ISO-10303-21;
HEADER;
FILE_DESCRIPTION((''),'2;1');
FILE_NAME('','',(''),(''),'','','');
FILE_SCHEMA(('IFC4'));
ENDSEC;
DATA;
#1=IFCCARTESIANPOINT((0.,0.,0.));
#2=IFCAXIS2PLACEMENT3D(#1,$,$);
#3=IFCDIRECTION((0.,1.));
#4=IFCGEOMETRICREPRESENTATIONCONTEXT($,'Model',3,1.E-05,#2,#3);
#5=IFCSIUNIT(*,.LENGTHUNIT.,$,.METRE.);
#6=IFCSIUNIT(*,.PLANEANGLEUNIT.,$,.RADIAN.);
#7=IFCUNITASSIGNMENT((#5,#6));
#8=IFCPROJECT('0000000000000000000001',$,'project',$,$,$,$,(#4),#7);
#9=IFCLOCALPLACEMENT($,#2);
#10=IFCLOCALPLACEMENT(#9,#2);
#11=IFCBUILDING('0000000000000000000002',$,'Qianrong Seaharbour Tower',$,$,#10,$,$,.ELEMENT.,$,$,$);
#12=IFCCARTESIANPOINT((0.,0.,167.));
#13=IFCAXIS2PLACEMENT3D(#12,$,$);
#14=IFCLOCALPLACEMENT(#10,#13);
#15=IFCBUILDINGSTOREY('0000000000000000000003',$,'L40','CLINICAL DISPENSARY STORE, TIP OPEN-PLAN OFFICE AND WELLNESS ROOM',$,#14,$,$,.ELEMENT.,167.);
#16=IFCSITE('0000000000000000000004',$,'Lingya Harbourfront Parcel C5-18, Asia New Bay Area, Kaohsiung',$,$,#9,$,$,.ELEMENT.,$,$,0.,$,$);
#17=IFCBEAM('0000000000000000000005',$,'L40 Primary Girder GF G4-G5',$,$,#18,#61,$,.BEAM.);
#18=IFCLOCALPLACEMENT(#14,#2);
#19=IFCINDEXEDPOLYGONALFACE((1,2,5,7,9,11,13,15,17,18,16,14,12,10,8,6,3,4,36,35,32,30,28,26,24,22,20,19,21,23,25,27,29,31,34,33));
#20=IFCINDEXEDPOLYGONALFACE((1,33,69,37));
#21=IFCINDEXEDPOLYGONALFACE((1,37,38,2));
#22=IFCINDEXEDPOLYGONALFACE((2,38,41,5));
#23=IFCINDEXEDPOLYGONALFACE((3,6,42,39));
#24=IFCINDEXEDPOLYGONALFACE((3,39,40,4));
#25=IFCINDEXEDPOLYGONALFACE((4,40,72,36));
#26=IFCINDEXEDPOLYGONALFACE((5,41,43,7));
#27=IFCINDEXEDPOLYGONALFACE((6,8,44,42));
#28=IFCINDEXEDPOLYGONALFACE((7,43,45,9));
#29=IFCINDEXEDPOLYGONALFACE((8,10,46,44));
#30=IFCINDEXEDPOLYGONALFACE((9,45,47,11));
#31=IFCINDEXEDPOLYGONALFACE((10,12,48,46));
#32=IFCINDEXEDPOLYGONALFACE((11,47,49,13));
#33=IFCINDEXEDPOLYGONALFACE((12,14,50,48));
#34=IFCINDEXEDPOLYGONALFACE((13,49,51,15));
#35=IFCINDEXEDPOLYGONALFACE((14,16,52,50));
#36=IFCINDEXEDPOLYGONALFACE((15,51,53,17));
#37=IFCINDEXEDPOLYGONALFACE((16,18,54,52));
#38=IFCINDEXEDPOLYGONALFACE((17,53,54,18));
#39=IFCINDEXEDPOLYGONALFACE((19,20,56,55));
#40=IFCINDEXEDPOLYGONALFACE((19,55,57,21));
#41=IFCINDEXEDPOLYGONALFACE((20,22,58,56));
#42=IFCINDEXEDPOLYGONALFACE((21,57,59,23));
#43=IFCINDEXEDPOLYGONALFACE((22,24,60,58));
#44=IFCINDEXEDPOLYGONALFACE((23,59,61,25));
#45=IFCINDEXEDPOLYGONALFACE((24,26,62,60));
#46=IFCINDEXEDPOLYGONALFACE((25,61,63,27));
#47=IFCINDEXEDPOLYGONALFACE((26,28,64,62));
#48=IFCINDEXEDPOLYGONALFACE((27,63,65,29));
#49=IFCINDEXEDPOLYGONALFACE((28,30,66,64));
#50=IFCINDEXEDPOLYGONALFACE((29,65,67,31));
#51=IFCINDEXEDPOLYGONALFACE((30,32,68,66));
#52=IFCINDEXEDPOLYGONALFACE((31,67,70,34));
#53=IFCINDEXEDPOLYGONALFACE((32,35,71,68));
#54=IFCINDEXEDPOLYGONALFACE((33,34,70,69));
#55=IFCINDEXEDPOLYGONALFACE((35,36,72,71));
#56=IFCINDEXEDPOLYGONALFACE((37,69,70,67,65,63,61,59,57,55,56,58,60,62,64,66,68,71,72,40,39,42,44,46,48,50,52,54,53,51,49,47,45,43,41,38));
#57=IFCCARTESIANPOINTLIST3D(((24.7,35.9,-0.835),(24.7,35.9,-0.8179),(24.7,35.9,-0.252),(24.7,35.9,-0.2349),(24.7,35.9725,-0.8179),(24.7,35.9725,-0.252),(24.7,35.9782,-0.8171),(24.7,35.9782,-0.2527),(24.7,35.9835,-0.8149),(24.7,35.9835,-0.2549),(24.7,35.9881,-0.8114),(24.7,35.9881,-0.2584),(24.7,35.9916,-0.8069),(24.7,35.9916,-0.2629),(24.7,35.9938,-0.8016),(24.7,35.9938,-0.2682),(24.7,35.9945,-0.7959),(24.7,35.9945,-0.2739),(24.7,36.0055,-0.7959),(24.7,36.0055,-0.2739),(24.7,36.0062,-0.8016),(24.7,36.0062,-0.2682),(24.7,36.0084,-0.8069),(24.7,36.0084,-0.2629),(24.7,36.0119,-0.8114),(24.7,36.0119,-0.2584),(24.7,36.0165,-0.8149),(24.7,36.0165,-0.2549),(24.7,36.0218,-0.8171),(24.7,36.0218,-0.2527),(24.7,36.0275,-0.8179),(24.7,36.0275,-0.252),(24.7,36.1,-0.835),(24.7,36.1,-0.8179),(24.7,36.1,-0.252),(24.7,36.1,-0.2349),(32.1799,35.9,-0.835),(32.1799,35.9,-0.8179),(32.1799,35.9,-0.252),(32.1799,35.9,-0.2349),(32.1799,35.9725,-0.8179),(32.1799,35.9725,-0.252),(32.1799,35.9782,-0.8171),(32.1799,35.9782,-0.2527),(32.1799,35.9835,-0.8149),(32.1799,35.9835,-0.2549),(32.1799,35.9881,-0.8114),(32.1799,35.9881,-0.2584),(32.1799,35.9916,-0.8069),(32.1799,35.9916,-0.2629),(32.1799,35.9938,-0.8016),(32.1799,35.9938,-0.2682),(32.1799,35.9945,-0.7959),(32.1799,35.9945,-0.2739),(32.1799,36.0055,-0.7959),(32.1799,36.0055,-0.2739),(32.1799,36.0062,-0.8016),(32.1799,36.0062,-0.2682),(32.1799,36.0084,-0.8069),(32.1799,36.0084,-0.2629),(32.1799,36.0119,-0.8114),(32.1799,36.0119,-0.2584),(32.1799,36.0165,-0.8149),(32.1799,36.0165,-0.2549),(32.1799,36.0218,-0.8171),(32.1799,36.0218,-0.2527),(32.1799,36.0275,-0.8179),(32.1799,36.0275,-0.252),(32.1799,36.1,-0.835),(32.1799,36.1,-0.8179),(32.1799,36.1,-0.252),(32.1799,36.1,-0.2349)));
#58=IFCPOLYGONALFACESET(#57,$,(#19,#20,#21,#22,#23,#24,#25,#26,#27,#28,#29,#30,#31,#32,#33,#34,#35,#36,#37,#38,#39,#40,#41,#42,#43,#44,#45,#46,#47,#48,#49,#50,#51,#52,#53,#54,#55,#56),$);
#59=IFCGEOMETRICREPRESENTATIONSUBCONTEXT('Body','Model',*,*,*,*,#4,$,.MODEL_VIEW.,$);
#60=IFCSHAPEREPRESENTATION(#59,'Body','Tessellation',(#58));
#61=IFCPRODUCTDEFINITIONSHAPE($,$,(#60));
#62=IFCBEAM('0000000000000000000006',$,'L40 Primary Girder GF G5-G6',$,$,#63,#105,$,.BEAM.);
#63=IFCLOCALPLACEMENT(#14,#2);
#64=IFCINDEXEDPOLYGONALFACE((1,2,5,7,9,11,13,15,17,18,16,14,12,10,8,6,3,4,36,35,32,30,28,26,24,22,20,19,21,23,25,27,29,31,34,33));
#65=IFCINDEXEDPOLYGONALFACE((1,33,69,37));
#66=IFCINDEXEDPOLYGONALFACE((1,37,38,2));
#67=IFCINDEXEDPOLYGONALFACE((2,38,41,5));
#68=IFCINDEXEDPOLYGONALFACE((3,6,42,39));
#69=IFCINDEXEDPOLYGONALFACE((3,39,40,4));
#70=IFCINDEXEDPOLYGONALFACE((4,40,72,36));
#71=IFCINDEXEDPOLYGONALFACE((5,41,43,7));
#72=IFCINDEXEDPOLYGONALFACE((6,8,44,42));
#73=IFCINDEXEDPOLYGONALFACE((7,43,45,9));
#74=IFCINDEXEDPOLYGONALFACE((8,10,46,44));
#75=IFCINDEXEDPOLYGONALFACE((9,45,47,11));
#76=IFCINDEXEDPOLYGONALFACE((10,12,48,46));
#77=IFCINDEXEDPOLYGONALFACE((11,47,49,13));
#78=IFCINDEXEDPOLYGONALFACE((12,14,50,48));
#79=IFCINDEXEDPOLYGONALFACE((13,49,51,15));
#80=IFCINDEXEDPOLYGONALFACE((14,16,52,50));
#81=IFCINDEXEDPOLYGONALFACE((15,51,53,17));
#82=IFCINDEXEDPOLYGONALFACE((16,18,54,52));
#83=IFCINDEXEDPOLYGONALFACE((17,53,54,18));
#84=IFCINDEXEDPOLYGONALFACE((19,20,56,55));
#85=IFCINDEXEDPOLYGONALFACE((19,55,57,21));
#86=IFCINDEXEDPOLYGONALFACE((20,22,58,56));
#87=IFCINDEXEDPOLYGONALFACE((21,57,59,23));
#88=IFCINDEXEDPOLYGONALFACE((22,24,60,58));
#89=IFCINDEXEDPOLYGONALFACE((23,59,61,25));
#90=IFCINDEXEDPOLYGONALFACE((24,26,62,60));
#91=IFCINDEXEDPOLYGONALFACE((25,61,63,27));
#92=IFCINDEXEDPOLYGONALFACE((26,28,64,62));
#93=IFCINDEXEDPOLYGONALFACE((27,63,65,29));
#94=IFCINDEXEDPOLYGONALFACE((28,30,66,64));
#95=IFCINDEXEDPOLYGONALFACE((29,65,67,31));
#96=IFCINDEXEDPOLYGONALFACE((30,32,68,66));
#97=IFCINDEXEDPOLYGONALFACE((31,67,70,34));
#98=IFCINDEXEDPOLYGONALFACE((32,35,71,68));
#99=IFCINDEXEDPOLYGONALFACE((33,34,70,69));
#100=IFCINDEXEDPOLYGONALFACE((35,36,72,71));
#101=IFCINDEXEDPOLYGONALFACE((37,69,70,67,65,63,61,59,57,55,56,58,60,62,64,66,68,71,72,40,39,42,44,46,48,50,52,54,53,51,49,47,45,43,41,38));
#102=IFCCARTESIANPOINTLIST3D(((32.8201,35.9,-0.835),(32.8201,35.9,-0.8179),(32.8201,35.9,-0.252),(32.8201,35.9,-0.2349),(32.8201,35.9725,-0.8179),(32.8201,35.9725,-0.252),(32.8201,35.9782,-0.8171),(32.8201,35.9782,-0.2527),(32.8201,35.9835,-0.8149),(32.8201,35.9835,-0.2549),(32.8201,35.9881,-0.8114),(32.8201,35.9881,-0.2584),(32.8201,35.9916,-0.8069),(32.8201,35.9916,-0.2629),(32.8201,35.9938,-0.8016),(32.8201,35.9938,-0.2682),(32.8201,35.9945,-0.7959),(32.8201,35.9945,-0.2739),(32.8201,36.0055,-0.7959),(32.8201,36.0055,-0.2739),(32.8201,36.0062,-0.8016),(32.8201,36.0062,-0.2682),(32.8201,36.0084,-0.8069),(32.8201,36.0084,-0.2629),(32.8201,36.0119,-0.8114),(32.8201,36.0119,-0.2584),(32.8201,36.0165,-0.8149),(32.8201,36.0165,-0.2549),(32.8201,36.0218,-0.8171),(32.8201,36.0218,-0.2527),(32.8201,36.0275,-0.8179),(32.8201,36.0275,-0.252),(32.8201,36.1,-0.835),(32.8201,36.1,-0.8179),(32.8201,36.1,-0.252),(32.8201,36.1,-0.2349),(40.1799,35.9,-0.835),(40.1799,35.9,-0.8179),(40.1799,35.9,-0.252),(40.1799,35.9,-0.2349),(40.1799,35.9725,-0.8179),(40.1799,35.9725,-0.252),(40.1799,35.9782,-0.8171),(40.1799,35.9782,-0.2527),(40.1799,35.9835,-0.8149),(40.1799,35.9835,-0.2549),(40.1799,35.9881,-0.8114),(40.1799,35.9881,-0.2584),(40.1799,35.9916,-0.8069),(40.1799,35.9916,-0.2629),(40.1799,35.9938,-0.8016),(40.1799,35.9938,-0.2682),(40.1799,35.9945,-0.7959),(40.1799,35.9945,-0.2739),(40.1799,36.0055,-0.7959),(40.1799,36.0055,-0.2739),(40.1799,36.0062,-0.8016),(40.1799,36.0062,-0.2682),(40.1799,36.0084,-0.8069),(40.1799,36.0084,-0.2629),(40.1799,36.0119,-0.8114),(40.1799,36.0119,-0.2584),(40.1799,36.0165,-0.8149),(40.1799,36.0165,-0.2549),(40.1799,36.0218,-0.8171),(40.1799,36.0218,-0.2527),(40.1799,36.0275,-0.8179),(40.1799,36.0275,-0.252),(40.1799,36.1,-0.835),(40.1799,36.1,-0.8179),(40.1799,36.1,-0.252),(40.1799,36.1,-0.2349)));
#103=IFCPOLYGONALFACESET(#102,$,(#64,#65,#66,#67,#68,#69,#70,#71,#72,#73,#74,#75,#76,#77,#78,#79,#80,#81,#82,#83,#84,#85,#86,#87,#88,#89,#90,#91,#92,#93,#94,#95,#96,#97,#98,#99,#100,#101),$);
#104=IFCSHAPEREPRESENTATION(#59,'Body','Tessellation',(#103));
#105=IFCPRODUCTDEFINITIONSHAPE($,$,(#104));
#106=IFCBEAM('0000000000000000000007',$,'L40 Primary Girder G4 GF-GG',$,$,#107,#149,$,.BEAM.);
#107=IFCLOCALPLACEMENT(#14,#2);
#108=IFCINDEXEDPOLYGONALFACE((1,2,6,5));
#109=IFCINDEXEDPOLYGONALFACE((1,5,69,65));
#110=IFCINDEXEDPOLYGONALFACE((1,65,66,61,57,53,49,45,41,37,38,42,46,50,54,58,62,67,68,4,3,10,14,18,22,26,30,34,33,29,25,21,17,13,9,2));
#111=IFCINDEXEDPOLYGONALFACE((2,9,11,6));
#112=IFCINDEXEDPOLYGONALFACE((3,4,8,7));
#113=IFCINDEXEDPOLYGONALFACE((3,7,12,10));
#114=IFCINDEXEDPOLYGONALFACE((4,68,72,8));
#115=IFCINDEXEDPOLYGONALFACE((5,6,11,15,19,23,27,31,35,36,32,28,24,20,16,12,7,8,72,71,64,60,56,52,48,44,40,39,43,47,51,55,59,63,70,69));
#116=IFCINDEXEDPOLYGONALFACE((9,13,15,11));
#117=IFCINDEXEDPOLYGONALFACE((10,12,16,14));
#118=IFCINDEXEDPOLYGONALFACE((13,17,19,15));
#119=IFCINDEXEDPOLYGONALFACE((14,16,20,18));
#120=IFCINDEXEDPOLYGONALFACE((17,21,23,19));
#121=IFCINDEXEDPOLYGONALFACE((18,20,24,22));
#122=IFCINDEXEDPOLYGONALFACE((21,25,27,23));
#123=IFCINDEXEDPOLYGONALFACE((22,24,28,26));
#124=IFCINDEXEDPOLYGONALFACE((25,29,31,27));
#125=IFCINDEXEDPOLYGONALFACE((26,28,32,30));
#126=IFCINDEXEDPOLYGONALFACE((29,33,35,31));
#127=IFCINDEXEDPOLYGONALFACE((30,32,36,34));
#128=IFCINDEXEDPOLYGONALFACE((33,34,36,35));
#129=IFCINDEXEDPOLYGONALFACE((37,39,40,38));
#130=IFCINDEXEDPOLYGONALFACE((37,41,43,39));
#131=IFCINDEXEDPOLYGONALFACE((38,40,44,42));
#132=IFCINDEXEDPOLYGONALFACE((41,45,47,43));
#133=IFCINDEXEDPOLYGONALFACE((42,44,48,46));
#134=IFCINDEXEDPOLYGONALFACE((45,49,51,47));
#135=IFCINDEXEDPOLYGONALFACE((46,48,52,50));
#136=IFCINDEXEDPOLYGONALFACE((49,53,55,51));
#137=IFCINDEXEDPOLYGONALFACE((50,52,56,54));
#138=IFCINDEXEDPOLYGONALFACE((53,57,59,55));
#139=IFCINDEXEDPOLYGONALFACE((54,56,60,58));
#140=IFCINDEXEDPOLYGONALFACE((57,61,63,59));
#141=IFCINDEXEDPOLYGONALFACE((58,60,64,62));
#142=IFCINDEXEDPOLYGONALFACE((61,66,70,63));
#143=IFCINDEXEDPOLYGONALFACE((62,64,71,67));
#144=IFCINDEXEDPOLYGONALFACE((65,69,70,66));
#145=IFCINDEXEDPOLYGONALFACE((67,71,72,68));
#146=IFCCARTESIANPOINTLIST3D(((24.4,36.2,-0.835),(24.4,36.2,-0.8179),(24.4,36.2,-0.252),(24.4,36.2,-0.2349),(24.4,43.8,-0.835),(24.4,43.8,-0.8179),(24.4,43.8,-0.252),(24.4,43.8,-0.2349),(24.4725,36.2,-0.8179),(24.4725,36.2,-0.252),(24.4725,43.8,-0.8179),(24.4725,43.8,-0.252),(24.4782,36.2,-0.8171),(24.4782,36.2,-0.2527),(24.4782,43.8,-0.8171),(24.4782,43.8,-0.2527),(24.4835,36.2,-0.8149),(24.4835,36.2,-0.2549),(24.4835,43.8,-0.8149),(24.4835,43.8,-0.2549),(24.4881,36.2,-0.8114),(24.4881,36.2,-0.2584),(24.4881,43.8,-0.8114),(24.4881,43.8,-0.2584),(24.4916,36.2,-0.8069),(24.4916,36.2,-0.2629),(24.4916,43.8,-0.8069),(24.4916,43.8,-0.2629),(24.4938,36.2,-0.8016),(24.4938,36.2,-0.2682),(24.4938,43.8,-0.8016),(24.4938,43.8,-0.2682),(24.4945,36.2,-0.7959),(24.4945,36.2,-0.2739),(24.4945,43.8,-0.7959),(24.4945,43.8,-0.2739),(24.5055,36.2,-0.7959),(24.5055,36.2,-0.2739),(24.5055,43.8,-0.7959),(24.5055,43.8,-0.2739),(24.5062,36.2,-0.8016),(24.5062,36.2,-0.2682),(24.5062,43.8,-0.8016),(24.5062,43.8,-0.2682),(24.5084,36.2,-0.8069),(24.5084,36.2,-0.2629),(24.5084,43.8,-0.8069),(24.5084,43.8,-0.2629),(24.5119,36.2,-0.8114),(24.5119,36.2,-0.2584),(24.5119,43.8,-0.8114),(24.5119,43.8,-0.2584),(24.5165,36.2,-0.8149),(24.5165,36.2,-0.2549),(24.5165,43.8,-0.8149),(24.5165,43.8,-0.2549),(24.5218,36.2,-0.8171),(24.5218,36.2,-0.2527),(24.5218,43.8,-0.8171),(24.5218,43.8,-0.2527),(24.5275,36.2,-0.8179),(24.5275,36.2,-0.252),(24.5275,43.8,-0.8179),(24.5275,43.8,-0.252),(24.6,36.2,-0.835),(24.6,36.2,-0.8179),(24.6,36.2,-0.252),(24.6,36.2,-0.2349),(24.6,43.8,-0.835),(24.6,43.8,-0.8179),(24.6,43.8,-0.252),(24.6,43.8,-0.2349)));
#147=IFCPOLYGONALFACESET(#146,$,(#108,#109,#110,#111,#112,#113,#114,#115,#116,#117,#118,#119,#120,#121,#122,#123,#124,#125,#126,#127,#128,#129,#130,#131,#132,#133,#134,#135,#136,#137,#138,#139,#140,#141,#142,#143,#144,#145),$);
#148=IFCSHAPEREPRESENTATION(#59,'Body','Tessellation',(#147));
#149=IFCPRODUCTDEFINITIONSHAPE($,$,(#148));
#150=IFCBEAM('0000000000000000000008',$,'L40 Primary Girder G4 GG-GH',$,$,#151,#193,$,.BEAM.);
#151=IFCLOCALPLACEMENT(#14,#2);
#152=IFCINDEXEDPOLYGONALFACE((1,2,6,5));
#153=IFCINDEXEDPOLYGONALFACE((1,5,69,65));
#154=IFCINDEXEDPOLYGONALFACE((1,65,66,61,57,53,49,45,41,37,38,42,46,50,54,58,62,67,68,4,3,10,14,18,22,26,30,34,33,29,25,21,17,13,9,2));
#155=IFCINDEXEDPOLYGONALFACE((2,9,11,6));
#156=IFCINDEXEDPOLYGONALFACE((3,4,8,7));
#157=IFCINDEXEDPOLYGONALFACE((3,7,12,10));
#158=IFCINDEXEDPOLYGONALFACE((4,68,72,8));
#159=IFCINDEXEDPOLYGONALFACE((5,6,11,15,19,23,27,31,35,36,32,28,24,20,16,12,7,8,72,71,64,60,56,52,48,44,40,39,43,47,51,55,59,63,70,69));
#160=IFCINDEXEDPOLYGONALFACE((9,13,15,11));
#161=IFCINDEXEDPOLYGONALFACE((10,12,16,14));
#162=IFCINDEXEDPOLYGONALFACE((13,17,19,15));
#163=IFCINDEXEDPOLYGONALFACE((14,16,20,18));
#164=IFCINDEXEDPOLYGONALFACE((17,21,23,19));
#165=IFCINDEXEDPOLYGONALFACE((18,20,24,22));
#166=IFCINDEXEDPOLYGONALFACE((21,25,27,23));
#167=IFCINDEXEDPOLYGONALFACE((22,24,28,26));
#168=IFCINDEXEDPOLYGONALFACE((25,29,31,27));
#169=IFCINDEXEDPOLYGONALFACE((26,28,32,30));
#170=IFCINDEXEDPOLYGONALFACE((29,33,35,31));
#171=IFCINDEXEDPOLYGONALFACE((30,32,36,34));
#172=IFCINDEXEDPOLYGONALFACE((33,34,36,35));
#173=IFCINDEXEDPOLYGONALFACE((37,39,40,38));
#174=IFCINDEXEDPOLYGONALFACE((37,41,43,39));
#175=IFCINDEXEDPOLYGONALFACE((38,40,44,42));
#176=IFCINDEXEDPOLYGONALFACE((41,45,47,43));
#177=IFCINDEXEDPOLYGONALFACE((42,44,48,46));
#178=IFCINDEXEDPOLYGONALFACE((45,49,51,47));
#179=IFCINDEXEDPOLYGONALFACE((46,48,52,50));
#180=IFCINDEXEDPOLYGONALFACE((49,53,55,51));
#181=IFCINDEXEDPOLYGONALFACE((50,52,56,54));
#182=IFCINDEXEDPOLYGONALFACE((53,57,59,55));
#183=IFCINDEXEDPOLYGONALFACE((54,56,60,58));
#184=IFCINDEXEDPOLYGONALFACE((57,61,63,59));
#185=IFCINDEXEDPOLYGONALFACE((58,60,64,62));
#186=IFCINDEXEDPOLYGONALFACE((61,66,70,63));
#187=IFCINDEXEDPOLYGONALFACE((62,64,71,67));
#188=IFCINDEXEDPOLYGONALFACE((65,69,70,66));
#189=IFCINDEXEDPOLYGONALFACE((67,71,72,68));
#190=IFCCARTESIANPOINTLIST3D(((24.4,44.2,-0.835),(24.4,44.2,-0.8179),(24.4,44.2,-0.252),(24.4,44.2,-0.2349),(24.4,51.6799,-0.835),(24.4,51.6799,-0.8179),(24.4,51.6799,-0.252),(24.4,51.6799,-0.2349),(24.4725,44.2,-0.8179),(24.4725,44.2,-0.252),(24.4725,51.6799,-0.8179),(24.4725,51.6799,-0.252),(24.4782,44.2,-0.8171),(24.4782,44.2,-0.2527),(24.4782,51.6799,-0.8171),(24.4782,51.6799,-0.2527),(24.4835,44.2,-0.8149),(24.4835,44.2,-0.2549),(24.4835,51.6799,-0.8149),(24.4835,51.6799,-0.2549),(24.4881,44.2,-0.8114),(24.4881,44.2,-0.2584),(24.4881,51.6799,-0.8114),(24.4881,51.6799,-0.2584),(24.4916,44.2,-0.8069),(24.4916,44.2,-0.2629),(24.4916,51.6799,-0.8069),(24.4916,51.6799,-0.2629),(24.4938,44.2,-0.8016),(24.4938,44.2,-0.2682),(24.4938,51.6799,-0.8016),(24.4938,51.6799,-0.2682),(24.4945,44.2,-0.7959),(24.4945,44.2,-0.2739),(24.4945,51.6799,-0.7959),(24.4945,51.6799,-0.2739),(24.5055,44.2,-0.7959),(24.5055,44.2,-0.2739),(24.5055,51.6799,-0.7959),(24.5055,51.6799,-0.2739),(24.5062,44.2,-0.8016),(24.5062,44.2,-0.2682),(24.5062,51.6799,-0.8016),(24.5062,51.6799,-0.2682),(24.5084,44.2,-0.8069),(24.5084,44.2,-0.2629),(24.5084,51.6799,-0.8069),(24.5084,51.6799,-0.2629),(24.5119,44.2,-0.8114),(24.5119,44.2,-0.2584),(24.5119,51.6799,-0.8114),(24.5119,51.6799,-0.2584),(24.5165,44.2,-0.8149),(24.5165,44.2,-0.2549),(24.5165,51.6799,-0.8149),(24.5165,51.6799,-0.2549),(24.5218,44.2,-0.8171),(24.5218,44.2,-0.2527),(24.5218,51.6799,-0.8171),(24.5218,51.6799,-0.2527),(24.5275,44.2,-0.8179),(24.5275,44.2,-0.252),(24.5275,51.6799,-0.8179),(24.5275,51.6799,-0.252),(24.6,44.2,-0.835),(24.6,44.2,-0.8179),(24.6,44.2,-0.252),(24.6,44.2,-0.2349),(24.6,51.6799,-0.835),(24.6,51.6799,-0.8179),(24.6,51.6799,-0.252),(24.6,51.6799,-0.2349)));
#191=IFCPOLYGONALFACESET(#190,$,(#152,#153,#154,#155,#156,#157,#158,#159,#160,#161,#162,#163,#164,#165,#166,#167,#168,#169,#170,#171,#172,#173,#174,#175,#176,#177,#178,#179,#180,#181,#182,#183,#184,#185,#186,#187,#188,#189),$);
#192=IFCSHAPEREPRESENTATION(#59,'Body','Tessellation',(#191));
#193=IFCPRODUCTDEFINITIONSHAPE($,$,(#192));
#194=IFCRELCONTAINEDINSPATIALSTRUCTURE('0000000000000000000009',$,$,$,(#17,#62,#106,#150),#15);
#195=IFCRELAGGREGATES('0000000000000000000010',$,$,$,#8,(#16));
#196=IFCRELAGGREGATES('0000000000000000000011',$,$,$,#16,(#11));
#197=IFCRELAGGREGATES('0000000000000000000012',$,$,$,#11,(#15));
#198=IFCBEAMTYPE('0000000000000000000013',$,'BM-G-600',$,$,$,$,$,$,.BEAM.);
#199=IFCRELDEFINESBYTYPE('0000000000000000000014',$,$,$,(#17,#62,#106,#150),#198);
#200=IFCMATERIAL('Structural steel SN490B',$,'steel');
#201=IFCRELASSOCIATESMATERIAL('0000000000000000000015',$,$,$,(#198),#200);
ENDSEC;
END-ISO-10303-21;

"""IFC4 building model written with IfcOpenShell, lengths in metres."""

from ifc_helpers import new_model, si_unit, direction, frame, origin, origin_2d, place, context, subcontext, project, spatial, i_section, extrude, material, material_profile, profile_set, type_object, element, save


model = new_model("IFC4")

# Units and contexts
model_context = context("Model", 3, precision=1e-05, world=origin(), true_north=direction((0.0, 1.0)))
body_context = subcontext(model_context, "Body", "Model", "MODEL_VIEW")
ifc_project = project(units=[si_unit("LENGTHUNIT", "METRE"), si_unit("PLANEANGLEUNIT", "RADIAN")], contexts=[model_context])

# Site, building, storey
site_placement = place(None, origin())
site = spatial("IfcSite", under=ifc_project, at=site_placement, Name="Lingya Harbourfront Parcel C5-18, Asia New Bay Area, Kaohsiung", CompositionType="ELEMENT", RefElevation=0.0)
building_placement = place(site_placement, origin())
building = spatial("IfcBuilding", under=site, at=building_placement, Name="Qianrong Seaharbour Tower", CompositionType="ELEMENT")
storey_placement = place(building_placement, frame((0.0, 0.0, 167.0)))
storey = spatial("IfcBuildingStorey", under=building, at=storey_placement, Name="L40", Description="CLINICAL DISPENSARY STORE, TIP OPEN-PLAN OFFICE AND WELLNESS ROOM", CompositionType="ELEMENT", Elevation=167.0)

# Shared definitions
ifc_material_1 = material(Name="Structural steel SN490B", Category="steel")

# Beams
ifc_material_profile_1 = material_profile(ifc_material_1, i_section(OverallWidth=0.2, OverallDepth=0.6001, WebThickness=0.011, FlangeThickness=0.0171, FilletRadius=0.022, at=origin_2d()), Name="H600x200x11x17")
ifc_profile_set_1 = profile_set([ifc_material_profile_1], Name="Structural steel SN490B")
beam_type_1 = type_object("IfcBeamType", Name="BM-G-600", PredefinedType="BEAM", material=ifc_profile_set_1)
beam_1_placement = place(storey_placement, frame((24.7, 36.0, -0.5349), z_axis=(1.0, 0.0, 0.0), x_axis=(0.0, 1.0, 0.0)))
element("IfcBeam", 1, at=beam_1_placement, inside=storey, type_object=beam_type_1, Name="L40 Primary Girder GF G4-G5", PredefinedType="BEAM", context=body_context, shape_type="SweptSolid", body=[
    extrude(i_section(OverallWidth=0.2, OverallDepth=0.6001, WebThickness=0.011, FlangeThickness=0.0171, FilletRadius=0.022, at=origin_2d()), origin(), (0.0, 0.0, 1.0), 7.48),
])
beam_2_placement = place(storey_placement, frame((32.8201, 36.0, -0.5349), z_axis=(1.0, 0.0, 0.0), x_axis=(0.0, 1.0, 0.0)))
element("IfcBeam", 2, at=beam_2_placement, inside=storey, type_object=beam_type_1, Name="L40 Primary Girder GF G5-G6", PredefinedType="BEAM", context=body_context, shape_type="SweptSolid", body=[
    extrude(i_section(OverallWidth=0.2, OverallDepth=0.6001, WebThickness=0.011, FlangeThickness=0.0171, FilletRadius=0.022, at=origin_2d()), origin(), (0.0, 0.0, 1.0), 7.3599),
])
beam_3_placement = place(storey_placement, frame((24.5, 36.2, -0.5349), z_axis=(0.0, 1.0, 0.0), x_axis=(-1.0, 0.0, 0.0)))
element("IfcBeam", 3, at=beam_3_placement, inside=storey, type_object=beam_type_1, Name="L40 Primary Girder G4 GF-GG", PredefinedType="BEAM", context=body_context, shape_type="SweptSolid", body=[
    extrude(i_section(OverallWidth=0.2, OverallDepth=0.6001, WebThickness=0.011, FlangeThickness=0.0171, FilletRadius=0.022, at=origin_2d()), origin(), (0.0, 0.0, 1.0), 7.6001),
])
beam_4_placement = place(storey_placement, frame((24.5, 44.2, -0.5349), z_axis=(0.0, 1.0, 0.0), x_axis=(-1.0, 0.0, 0.0)))
element("IfcBeam", 4, at=beam_4_placement, inside=storey, type_object=beam_type_1, Name="L40 Primary Girder G4 GG-GH", PredefinedType="BEAM", context=body_context, shape_type="SweptSolid", body=[
    extrude(i_section(OverallWidth=0.2, OverallDepth=0.6001, WebThickness=0.011, FlangeThickness=0.0171, FilletRadius=0.022, at=origin_2d()), origin(), (0.0, 0.0, 1.0), 7.48),
])

save(model, "model.ifc")
